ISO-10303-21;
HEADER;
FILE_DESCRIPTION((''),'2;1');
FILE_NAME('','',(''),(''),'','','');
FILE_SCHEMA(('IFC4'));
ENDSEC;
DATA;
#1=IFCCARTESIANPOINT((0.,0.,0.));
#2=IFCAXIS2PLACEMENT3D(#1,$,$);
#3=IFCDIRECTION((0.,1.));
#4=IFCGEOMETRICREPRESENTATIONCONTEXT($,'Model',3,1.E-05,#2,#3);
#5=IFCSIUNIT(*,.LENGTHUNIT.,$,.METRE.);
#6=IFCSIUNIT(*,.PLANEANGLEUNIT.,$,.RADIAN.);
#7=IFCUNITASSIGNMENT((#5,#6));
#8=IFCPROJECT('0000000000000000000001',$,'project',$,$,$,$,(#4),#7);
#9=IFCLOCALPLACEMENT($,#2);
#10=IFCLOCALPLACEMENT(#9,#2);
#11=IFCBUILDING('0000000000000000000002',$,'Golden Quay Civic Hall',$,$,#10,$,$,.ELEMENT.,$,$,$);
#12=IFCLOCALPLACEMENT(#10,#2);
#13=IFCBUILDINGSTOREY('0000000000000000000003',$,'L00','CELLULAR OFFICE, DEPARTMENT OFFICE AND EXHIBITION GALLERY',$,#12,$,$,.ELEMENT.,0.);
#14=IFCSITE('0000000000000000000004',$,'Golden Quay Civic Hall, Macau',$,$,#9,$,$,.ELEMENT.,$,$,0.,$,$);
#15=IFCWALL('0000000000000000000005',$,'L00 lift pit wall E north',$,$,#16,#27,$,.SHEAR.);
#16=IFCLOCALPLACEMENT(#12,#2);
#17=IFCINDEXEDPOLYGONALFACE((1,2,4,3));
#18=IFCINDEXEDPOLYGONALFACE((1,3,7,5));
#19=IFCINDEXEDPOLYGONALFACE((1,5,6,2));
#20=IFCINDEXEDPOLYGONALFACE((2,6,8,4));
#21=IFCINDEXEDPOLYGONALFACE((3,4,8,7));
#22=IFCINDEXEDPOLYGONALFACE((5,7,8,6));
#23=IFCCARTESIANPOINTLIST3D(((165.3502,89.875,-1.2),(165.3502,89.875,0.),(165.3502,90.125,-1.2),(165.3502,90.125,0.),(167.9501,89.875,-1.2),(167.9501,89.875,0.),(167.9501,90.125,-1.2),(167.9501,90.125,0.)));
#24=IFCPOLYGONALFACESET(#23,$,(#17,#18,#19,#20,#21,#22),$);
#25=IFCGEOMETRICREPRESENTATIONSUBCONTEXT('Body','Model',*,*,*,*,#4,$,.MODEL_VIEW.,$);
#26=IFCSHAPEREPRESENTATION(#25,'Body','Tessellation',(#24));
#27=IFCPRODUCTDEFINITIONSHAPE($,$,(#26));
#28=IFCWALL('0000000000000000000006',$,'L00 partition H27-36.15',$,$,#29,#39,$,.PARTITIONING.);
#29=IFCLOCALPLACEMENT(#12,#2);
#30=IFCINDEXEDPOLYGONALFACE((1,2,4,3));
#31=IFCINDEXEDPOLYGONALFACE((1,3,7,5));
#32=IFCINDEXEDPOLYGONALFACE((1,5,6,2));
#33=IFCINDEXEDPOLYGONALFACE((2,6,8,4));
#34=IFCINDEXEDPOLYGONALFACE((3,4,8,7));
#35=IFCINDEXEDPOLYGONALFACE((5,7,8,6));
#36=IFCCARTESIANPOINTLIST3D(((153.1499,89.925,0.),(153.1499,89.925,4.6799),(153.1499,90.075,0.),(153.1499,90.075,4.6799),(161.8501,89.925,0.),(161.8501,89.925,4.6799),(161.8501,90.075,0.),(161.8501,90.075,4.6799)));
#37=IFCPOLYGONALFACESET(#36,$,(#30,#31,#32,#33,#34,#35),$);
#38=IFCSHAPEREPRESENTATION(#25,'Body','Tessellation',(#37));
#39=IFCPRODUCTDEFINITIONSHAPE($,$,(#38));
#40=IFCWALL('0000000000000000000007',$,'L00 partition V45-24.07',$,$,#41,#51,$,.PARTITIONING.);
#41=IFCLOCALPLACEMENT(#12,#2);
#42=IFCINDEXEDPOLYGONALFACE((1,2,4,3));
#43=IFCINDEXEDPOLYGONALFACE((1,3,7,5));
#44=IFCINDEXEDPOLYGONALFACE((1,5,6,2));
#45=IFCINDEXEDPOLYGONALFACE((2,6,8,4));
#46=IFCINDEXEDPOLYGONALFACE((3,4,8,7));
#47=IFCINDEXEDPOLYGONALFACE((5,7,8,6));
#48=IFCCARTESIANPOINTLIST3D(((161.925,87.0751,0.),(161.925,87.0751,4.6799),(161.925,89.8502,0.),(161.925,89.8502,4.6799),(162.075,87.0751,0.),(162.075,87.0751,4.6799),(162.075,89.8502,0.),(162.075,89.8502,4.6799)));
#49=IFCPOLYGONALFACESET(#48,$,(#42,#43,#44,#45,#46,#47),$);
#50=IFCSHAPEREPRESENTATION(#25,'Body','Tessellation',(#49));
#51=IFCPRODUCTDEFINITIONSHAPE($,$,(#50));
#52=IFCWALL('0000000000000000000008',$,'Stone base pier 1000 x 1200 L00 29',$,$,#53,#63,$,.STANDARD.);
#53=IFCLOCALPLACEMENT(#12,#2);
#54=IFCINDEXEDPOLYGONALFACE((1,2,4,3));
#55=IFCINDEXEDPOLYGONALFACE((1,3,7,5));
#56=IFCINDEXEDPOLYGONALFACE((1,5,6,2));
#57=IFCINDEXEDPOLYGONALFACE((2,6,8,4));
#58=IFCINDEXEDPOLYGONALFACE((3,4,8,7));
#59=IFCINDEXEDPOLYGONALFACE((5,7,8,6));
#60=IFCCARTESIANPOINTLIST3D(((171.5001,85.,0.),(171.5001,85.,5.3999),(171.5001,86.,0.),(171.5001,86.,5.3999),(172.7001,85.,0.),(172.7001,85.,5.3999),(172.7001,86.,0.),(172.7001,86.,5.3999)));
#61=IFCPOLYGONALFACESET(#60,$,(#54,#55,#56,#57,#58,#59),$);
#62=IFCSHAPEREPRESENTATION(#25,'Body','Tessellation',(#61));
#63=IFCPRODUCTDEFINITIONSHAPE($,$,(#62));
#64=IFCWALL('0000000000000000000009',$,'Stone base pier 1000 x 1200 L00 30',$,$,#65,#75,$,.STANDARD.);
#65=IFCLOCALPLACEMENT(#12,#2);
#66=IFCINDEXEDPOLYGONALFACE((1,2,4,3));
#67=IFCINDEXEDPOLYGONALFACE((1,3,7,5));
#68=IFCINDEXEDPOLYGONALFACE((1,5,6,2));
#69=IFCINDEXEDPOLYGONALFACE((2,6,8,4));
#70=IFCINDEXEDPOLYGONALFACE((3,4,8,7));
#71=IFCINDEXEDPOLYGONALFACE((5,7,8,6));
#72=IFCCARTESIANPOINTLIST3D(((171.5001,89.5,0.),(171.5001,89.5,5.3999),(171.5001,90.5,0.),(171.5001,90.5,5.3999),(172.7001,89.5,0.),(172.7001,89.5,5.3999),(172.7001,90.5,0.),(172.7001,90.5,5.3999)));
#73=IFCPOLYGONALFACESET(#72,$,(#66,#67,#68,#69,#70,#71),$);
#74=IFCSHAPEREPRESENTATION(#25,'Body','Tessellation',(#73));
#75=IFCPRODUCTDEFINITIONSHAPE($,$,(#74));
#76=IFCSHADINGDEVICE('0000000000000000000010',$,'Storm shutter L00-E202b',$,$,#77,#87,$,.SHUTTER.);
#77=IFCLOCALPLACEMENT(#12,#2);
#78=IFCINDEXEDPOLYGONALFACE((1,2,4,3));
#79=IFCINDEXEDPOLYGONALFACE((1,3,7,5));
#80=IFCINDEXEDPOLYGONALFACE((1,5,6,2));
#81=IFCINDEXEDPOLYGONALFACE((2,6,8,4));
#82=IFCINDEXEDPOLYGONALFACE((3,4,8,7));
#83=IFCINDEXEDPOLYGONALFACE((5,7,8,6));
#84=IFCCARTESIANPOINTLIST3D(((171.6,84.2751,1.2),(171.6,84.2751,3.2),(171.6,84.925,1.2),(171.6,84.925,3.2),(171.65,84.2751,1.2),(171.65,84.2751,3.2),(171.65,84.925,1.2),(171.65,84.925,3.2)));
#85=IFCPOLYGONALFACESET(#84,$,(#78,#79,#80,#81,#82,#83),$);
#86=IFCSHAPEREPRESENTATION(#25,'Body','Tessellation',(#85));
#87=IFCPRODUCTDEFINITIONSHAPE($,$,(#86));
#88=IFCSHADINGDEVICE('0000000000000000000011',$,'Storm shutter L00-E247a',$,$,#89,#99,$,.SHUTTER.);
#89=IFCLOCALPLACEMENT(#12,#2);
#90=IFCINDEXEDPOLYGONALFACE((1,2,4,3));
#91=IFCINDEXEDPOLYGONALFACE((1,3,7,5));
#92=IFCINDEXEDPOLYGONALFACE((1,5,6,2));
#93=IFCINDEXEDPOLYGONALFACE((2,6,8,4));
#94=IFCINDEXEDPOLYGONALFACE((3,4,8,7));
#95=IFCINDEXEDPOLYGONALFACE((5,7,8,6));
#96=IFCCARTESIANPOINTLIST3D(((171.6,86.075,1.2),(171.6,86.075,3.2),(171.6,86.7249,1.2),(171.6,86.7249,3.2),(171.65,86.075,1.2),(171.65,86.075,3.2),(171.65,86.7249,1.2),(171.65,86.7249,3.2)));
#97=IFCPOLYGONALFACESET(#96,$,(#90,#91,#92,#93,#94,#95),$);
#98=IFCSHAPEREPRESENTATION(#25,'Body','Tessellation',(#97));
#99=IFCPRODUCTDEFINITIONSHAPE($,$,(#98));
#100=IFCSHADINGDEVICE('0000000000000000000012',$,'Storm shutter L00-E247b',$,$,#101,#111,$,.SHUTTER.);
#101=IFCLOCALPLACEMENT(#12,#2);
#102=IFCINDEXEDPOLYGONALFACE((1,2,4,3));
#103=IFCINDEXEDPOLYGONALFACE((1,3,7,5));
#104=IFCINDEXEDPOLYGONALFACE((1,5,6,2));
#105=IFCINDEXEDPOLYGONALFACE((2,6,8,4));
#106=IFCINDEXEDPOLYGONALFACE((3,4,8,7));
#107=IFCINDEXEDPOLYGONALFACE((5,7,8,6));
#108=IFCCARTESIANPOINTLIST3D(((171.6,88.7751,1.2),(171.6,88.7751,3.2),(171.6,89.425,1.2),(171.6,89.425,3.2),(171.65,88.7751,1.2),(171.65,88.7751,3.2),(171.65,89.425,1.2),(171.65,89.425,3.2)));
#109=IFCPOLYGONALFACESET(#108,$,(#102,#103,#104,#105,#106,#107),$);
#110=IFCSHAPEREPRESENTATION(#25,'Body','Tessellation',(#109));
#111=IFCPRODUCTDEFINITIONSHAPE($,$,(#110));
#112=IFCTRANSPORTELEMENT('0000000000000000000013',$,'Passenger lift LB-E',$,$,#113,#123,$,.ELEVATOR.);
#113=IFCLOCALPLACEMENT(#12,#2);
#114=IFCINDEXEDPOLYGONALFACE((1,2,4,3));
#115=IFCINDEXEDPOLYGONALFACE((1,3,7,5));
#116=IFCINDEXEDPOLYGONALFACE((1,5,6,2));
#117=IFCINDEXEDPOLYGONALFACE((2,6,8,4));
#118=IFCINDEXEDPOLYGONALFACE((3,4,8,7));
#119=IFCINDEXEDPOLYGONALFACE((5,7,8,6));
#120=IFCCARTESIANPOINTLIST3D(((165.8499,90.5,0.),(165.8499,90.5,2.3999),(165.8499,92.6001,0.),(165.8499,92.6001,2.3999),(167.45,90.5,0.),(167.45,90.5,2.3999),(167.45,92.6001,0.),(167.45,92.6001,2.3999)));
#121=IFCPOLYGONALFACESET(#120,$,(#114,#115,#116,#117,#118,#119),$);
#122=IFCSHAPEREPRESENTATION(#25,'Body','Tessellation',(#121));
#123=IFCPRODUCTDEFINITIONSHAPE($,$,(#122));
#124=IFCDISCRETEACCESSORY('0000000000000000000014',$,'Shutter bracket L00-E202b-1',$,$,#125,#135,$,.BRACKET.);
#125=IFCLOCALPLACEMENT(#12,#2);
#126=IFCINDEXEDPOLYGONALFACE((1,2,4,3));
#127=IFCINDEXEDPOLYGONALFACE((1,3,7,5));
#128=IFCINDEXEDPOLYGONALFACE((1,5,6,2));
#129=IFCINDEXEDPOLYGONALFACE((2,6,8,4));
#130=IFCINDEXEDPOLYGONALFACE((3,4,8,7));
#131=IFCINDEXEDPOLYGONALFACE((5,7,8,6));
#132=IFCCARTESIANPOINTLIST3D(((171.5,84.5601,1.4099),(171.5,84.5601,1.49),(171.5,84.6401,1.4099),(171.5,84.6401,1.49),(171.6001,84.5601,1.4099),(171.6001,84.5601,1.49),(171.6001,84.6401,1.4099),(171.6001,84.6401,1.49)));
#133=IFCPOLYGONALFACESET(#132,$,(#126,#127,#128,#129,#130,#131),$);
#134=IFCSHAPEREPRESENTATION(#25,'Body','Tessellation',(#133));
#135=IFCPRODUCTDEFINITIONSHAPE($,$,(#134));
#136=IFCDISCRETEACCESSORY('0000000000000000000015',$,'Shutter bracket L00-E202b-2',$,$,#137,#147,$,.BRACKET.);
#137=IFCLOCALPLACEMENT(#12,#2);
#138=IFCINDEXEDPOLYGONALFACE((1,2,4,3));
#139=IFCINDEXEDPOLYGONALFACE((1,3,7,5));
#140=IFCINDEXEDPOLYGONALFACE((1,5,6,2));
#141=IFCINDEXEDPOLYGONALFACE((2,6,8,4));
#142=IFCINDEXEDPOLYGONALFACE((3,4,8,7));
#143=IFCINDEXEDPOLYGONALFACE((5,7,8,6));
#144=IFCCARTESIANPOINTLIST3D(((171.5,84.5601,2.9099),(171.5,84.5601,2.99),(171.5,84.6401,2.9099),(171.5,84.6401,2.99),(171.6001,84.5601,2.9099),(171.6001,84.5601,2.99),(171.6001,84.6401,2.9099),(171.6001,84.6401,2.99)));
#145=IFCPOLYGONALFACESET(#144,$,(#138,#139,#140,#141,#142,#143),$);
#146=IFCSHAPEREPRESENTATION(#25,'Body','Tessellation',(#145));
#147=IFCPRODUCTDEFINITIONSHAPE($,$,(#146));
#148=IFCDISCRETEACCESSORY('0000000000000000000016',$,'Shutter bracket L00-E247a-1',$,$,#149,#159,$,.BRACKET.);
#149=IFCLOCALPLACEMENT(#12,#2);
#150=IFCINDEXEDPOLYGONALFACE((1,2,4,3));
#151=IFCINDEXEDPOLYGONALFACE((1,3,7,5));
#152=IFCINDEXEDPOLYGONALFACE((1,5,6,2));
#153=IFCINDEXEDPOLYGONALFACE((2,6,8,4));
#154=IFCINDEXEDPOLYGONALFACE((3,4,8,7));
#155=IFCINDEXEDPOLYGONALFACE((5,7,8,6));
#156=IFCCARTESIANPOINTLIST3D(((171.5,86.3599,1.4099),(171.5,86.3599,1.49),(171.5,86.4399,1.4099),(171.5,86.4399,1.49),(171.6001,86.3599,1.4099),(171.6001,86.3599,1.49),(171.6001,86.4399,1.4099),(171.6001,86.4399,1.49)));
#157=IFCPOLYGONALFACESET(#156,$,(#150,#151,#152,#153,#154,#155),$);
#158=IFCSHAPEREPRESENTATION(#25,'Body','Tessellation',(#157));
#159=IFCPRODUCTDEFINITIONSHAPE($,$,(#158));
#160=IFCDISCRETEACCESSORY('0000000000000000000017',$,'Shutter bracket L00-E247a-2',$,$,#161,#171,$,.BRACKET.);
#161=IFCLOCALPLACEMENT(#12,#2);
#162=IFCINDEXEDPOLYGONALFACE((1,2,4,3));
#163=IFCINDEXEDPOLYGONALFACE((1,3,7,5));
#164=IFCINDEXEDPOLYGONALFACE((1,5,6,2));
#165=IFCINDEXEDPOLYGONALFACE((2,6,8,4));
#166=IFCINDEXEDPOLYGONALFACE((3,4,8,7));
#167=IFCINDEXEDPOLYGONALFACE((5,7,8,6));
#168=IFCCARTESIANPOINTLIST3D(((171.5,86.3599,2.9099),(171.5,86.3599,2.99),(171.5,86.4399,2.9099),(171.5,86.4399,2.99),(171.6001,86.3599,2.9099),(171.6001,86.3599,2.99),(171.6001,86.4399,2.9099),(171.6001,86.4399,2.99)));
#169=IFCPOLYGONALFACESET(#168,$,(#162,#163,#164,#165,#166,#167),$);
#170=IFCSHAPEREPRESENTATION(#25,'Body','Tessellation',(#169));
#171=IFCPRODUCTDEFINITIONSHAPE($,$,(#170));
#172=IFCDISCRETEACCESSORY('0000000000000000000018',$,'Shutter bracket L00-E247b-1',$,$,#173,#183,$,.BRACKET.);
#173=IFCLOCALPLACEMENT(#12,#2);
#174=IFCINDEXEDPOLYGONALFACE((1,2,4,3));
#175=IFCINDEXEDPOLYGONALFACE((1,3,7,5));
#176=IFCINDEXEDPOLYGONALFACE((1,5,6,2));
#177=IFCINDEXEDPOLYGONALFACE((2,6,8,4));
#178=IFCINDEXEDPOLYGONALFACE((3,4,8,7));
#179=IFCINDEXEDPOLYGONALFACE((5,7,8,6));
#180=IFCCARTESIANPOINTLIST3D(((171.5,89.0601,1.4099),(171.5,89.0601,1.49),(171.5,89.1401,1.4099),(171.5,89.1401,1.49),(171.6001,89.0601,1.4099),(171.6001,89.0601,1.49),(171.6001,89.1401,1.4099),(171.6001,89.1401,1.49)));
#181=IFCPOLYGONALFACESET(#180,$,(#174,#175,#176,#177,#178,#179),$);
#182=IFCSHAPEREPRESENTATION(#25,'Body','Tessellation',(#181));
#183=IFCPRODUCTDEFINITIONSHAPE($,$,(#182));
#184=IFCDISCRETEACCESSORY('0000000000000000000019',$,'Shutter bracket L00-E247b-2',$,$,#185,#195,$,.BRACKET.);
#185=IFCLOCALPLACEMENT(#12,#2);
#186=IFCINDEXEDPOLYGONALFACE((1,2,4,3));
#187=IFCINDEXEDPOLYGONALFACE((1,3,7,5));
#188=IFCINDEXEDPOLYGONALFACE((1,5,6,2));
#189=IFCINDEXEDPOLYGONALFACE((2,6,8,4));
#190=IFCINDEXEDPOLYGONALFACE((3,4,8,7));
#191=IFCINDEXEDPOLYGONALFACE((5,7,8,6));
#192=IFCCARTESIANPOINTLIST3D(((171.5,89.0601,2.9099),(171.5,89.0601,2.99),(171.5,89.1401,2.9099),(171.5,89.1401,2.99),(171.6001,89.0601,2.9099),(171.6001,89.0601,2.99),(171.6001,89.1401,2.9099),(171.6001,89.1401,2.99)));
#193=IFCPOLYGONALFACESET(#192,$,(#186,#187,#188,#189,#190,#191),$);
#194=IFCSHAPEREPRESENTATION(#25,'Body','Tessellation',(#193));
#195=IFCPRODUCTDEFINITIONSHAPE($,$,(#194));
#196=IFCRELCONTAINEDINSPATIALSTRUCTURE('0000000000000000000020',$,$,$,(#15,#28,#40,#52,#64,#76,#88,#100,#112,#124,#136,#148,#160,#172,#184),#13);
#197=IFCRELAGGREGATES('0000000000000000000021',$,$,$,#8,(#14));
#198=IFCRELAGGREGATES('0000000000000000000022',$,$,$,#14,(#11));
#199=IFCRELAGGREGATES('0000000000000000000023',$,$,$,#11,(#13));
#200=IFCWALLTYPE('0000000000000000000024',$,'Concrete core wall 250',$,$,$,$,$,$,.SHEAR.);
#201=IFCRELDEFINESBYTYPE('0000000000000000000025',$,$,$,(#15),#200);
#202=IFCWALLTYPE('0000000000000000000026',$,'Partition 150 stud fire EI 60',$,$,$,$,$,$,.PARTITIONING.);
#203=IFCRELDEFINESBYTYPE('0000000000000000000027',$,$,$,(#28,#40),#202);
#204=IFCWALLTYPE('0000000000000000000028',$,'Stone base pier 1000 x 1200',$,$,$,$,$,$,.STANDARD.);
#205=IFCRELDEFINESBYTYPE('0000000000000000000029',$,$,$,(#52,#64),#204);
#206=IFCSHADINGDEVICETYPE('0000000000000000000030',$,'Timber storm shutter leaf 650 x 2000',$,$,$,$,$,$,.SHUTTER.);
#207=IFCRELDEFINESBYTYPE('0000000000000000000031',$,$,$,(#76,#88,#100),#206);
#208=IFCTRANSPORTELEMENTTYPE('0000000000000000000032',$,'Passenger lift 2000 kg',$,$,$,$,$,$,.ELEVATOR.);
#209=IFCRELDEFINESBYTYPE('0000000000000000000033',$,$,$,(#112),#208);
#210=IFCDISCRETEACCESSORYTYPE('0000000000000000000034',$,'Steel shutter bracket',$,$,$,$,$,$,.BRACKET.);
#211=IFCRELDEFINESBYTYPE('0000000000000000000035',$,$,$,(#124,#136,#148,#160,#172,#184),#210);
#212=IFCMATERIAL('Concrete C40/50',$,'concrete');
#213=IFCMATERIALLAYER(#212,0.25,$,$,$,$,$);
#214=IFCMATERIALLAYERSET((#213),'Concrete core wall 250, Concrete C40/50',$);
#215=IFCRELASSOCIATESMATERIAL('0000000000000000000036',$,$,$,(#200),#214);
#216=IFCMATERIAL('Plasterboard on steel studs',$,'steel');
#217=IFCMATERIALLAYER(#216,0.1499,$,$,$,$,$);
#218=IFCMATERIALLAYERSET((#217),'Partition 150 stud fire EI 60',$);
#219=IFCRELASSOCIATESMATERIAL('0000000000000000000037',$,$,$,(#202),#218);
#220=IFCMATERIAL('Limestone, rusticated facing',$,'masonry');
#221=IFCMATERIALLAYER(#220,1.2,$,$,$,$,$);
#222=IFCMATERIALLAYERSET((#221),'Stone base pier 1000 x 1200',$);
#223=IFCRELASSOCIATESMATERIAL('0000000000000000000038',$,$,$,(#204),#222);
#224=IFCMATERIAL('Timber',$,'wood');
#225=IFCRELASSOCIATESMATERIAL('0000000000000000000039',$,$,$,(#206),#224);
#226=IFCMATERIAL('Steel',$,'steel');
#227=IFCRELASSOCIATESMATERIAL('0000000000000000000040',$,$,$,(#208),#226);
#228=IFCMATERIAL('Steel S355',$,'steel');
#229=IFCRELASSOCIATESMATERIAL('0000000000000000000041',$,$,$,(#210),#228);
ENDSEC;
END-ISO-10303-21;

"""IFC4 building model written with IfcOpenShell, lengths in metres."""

from ifc_helpers import new_model, si_unit, direction, frame, frame_2d, origin, origin_2d, place, context, subcontext, project, spatial, rectangle, extrude, material, layer, layer_set, type_object, element, save


model = new_model("IFC4")

# Units and contexts
model_context = context("Model", 3, precision=1e-05, world=origin(), true_north=direction((0.0, 1.0)))
body_context = subcontext(model_context, "Body", "Model", "MODEL_VIEW")
ifc_project = project(units=[si_unit("LENGTHUNIT", "METRE"), si_unit("PLANEANGLEUNIT", "RADIAN")], contexts=[model_context])

# Site, building, storey
site_placement = place(None, origin())
site = spatial("IfcSite", under=ifc_project, at=site_placement, Name="Golden Quay Civic Hall, Macau", CompositionType="ELEMENT", RefElevation=0.0)
building_placement = place(site_placement, origin())
building = spatial("IfcBuilding", under=site, at=building_placement, Name="Golden Quay Civic Hall", CompositionType="ELEMENT")
storey_placement = place(building_placement, origin())
storey = spatial("IfcBuildingStorey", under=building, at=storey_placement, Name="L00", Description="CELLULAR OFFICE, DEPARTMENT OFFICE AND EXHIBITION GALLERY", CompositionType="ELEMENT", Elevation=0.0)

# Shared definitions
ifc_material_1 = material(Name="Concrete C40/50", Category="concrete")
ifc_layer_1 = layer(ifc_material_1, 0.25)
ifc_layer_set_1 = layer_set([ifc_layer_1], Name="Concrete core wall 250, Concrete C40/50")
wall_type_1 = type_object("IfcWallType", Name="Concrete core wall 250", PredefinedType="SHEAR", material=ifc_layer_set_1)

# Walls
wall_1_placement = place(storey_placement, frame((167.95, 90.0, -1.2), z_axis=(0.0, 0.0, 1.0), x_axis=(-1.0, 0.0, 0.0)))
element("IfcWall", 1, at=wall_1_placement, inside=storey, type_object=wall_type_1, Name="L00 lift pit wall E north", PredefinedType="SHEAR", context=body_context, shape_type="SweptSolid", body=[
    extrude(rectangle(XDim=2.5999, YDim=0.25, at=frame_2d((1.2998, 0.0))), origin(), (0.0, 0.0, 1.0), 1.2),
])
ifc_material_2 = material(Name="Plasterboard on steel studs", Category="steel")
ifc_layer_2 = layer(ifc_material_2, 0.1499)
ifc_layer_set_2 = layer_set([ifc_layer_2], Name="Partition 150 stud fire EI 60")
wall_type_2 = type_object("IfcWallType", Name="Partition 150 stud fire EI 60", PredefinedType="PARTITIONING", material=ifc_layer_set_2)
wall_2_placement = place(storey_placement, frame((153.1499, 90.0, 0.0), z_axis=(0.0, 0.0, 1.0), x_axis=(1.0, 0.0, 0.0)))
element("IfcWall", 2, at=wall_2_placement, inside=storey, type_object=wall_type_2, Name="L00 partition H27-36.15", PredefinedType="PARTITIONING", context=body_context, shape_type="SweptSolid", body=[
    extrude(rectangle(XDim=8.7002, YDim=0.1499, at=frame_2d((4.3501, 0.0))), origin(), (0.0, 0.0, 1.0), 4.6799),
])
wall_3_placement = place(storey_placement, frame((162.0, 87.075, 0.0), z_axis=(0.0, 0.0, 1.0), x_axis=(0.0, 1.0, 0.0)))
element("IfcWall", 3, at=wall_3_placement, inside=storey, type_object=wall_type_2, Name="L00 partition V45-24.07", PredefinedType="PARTITIONING", context=body_context, shape_type="SweptSolid", body=[
    extrude(rectangle(XDim=2.7751, YDim=0.1499, at=frame_2d((1.3877, 0.0))), origin(), (0.0, 0.0, 1.0), 4.6799),
])
ifc_material_3 = material(Name="Limestone, rusticated facing", Category="masonry")
ifc_layer_3 = layer(ifc_material_3, 1.2)
ifc_layer_set_3 = layer_set([ifc_layer_3], Name="Stone base pier 1000 x 1200")
wall_type_3 = type_object("IfcWallType", Name="Stone base pier 1000 x 1200", PredefinedType="STANDARD", material=ifc_layer_set_3)
for number, where, z_axis, x_axis, name in (
    (4, (172.1001, 85.0, 0.0), (0.0, 0.0, 1.0), (0.0, 1.0, 0.0), "Stone base pier 1000 x 1200 L00 29"),
    (5, (172.1001, 89.5, 0.0), (0.0, 0.0, 1.0), (0.0, 1.0, 0.0), "Stone base pier 1000 x 1200 L00 30"),
):
    element("IfcWall", number, at=place(storey_placement, frame(where, z_axis=z_axis, x_axis=x_axis)), inside=storey, type_object=wall_type_3, Name=name, PredefinedType="STANDARD", context=body_context, shape_type="SweptSolid", body=[
        extrude(rectangle(XDim=1.0, YDim=1.2, at=frame_2d((0.5, 0.0))), origin(), (0.0, 0.0, 1.0), 5.3999),
    ])

# Shading devices
ifc_material_4 = material(Name="Timber", Category="wood")
shading_device_type = type_object("IfcShadingDeviceType", Name="Timber storm shutter leaf 650 x 2000", PredefinedType="SHUTTER", material=ifc_material_4)
for number, where, z_axis, x_axis, name in (
    (6, (171.625, 84.6001, 1.2), (0.0, 0.0, 1.0), (1.0, 0.0, 0.0), "Storm shutter L00-E202b"),
    (7, (171.625, 86.3999, 1.2), (0.0, 0.0, 1.0), (1.0, 0.0, 0.0), "Storm shutter L00-E247a"),
    (8, (171.625, 89.1001, 1.2), (0.0, 0.0, 1.0), (1.0, 0.0, 0.0), "Storm shutter L00-E247b"),
):
    element("IfcShadingDevice", number, at=place(storey_placement, frame(where, z_axis=z_axis, x_axis=x_axis)), inside=storey, type_object=shading_device_type, Name=name, PredefinedType="SHUTTER", context=body_context, shape_type="SweptSolid", body=[
        extrude(rectangle(XDim=0.05, YDim=0.6499, at=origin_2d()), origin(), (0.0, 0.0, 1.0), 2.0),
    ])

# Transport element
ifc_material_5 = material(Name="Steel", Category="steel")
transport_element_type = type_object("IfcTransportElementType", Name="Passenger lift 2000 kg", PredefinedType="ELEVATOR", material=ifc_material_5)
transport_element_placement = place(storey_placement, frame((166.6499, 91.55, 0.0), z_axis=(0.0, 0.0, 1.0), x_axis=(1.0, 0.0, 0.0)))
element("IfcTransportElement", 9, at=transport_element_placement, inside=storey, type_object=transport_element_type, Name="Passenger lift LB-E", PredefinedType="ELEVATOR", context=body_context, shape_type="SweptSolid", body=[
    extrude(rectangle(XDim=1.6001, YDim=2.1001, at=origin_2d()), origin(), (0.0, 0.0, 1.0), 2.3999),
])

# Discrete accessories
ifc_material_6 = material(Name="Steel S355", Category="steel")
discrete_accessory_type = type_object("IfcDiscreteAccessoryType", Name="Steel shutter bracket", PredefinedType="BRACKET", material=ifc_material_6)
for number, where, z_axis, x_axis, name in (
    (10, (171.55, 84.6001, 1.4099), (0.0, 0.0, 1.0), (1.0, 0.0, 0.0), "Shutter bracket L00-E202b-1"),
    (11, (171.55, 84.6001, 2.9099), (0.0, 0.0, 1.0), (1.0, 0.0, 0.0), "Shutter bracket L00-E202b-2"),
    (12, (171.55, 86.3999, 1.4099), (0.0, 0.0, 1.0), (1.0, 0.0, 0.0), "Shutter bracket L00-E247a-1"),
    (13, (171.55, 86.3999, 2.9099), (0.0, 0.0, 1.0), (1.0, 0.0, 0.0), "Shutter bracket L00-E247a-2"),
    (14, (171.55, 89.1001, 1.4099), (0.0, 0.0, 1.0), (1.0, 0.0, 0.0), "Shutter bracket L00-E247b-1"),
    (15, (171.55, 89.1001, 2.9099), (0.0, 0.0, 1.0), (1.0, 0.0, 0.0), "Shutter bracket L00-E247b-2"),
):
    element("IfcDiscreteAccessory", number, at=place(storey_placement, frame(where, z_axis=z_axis, x_axis=x_axis)), inside=storey, type_object=discrete_accessory_type, Name=name, PredefinedType="BRACKET", context=body_context, shape_type="SweptSolid", body=[
        extrude(rectangle(XDim=0.1001, YDim=0.0801, at=origin_2d()), origin(), (0.0, 0.0, 1.0), 0.0801),
    ])

save(model, "model.ifc")
